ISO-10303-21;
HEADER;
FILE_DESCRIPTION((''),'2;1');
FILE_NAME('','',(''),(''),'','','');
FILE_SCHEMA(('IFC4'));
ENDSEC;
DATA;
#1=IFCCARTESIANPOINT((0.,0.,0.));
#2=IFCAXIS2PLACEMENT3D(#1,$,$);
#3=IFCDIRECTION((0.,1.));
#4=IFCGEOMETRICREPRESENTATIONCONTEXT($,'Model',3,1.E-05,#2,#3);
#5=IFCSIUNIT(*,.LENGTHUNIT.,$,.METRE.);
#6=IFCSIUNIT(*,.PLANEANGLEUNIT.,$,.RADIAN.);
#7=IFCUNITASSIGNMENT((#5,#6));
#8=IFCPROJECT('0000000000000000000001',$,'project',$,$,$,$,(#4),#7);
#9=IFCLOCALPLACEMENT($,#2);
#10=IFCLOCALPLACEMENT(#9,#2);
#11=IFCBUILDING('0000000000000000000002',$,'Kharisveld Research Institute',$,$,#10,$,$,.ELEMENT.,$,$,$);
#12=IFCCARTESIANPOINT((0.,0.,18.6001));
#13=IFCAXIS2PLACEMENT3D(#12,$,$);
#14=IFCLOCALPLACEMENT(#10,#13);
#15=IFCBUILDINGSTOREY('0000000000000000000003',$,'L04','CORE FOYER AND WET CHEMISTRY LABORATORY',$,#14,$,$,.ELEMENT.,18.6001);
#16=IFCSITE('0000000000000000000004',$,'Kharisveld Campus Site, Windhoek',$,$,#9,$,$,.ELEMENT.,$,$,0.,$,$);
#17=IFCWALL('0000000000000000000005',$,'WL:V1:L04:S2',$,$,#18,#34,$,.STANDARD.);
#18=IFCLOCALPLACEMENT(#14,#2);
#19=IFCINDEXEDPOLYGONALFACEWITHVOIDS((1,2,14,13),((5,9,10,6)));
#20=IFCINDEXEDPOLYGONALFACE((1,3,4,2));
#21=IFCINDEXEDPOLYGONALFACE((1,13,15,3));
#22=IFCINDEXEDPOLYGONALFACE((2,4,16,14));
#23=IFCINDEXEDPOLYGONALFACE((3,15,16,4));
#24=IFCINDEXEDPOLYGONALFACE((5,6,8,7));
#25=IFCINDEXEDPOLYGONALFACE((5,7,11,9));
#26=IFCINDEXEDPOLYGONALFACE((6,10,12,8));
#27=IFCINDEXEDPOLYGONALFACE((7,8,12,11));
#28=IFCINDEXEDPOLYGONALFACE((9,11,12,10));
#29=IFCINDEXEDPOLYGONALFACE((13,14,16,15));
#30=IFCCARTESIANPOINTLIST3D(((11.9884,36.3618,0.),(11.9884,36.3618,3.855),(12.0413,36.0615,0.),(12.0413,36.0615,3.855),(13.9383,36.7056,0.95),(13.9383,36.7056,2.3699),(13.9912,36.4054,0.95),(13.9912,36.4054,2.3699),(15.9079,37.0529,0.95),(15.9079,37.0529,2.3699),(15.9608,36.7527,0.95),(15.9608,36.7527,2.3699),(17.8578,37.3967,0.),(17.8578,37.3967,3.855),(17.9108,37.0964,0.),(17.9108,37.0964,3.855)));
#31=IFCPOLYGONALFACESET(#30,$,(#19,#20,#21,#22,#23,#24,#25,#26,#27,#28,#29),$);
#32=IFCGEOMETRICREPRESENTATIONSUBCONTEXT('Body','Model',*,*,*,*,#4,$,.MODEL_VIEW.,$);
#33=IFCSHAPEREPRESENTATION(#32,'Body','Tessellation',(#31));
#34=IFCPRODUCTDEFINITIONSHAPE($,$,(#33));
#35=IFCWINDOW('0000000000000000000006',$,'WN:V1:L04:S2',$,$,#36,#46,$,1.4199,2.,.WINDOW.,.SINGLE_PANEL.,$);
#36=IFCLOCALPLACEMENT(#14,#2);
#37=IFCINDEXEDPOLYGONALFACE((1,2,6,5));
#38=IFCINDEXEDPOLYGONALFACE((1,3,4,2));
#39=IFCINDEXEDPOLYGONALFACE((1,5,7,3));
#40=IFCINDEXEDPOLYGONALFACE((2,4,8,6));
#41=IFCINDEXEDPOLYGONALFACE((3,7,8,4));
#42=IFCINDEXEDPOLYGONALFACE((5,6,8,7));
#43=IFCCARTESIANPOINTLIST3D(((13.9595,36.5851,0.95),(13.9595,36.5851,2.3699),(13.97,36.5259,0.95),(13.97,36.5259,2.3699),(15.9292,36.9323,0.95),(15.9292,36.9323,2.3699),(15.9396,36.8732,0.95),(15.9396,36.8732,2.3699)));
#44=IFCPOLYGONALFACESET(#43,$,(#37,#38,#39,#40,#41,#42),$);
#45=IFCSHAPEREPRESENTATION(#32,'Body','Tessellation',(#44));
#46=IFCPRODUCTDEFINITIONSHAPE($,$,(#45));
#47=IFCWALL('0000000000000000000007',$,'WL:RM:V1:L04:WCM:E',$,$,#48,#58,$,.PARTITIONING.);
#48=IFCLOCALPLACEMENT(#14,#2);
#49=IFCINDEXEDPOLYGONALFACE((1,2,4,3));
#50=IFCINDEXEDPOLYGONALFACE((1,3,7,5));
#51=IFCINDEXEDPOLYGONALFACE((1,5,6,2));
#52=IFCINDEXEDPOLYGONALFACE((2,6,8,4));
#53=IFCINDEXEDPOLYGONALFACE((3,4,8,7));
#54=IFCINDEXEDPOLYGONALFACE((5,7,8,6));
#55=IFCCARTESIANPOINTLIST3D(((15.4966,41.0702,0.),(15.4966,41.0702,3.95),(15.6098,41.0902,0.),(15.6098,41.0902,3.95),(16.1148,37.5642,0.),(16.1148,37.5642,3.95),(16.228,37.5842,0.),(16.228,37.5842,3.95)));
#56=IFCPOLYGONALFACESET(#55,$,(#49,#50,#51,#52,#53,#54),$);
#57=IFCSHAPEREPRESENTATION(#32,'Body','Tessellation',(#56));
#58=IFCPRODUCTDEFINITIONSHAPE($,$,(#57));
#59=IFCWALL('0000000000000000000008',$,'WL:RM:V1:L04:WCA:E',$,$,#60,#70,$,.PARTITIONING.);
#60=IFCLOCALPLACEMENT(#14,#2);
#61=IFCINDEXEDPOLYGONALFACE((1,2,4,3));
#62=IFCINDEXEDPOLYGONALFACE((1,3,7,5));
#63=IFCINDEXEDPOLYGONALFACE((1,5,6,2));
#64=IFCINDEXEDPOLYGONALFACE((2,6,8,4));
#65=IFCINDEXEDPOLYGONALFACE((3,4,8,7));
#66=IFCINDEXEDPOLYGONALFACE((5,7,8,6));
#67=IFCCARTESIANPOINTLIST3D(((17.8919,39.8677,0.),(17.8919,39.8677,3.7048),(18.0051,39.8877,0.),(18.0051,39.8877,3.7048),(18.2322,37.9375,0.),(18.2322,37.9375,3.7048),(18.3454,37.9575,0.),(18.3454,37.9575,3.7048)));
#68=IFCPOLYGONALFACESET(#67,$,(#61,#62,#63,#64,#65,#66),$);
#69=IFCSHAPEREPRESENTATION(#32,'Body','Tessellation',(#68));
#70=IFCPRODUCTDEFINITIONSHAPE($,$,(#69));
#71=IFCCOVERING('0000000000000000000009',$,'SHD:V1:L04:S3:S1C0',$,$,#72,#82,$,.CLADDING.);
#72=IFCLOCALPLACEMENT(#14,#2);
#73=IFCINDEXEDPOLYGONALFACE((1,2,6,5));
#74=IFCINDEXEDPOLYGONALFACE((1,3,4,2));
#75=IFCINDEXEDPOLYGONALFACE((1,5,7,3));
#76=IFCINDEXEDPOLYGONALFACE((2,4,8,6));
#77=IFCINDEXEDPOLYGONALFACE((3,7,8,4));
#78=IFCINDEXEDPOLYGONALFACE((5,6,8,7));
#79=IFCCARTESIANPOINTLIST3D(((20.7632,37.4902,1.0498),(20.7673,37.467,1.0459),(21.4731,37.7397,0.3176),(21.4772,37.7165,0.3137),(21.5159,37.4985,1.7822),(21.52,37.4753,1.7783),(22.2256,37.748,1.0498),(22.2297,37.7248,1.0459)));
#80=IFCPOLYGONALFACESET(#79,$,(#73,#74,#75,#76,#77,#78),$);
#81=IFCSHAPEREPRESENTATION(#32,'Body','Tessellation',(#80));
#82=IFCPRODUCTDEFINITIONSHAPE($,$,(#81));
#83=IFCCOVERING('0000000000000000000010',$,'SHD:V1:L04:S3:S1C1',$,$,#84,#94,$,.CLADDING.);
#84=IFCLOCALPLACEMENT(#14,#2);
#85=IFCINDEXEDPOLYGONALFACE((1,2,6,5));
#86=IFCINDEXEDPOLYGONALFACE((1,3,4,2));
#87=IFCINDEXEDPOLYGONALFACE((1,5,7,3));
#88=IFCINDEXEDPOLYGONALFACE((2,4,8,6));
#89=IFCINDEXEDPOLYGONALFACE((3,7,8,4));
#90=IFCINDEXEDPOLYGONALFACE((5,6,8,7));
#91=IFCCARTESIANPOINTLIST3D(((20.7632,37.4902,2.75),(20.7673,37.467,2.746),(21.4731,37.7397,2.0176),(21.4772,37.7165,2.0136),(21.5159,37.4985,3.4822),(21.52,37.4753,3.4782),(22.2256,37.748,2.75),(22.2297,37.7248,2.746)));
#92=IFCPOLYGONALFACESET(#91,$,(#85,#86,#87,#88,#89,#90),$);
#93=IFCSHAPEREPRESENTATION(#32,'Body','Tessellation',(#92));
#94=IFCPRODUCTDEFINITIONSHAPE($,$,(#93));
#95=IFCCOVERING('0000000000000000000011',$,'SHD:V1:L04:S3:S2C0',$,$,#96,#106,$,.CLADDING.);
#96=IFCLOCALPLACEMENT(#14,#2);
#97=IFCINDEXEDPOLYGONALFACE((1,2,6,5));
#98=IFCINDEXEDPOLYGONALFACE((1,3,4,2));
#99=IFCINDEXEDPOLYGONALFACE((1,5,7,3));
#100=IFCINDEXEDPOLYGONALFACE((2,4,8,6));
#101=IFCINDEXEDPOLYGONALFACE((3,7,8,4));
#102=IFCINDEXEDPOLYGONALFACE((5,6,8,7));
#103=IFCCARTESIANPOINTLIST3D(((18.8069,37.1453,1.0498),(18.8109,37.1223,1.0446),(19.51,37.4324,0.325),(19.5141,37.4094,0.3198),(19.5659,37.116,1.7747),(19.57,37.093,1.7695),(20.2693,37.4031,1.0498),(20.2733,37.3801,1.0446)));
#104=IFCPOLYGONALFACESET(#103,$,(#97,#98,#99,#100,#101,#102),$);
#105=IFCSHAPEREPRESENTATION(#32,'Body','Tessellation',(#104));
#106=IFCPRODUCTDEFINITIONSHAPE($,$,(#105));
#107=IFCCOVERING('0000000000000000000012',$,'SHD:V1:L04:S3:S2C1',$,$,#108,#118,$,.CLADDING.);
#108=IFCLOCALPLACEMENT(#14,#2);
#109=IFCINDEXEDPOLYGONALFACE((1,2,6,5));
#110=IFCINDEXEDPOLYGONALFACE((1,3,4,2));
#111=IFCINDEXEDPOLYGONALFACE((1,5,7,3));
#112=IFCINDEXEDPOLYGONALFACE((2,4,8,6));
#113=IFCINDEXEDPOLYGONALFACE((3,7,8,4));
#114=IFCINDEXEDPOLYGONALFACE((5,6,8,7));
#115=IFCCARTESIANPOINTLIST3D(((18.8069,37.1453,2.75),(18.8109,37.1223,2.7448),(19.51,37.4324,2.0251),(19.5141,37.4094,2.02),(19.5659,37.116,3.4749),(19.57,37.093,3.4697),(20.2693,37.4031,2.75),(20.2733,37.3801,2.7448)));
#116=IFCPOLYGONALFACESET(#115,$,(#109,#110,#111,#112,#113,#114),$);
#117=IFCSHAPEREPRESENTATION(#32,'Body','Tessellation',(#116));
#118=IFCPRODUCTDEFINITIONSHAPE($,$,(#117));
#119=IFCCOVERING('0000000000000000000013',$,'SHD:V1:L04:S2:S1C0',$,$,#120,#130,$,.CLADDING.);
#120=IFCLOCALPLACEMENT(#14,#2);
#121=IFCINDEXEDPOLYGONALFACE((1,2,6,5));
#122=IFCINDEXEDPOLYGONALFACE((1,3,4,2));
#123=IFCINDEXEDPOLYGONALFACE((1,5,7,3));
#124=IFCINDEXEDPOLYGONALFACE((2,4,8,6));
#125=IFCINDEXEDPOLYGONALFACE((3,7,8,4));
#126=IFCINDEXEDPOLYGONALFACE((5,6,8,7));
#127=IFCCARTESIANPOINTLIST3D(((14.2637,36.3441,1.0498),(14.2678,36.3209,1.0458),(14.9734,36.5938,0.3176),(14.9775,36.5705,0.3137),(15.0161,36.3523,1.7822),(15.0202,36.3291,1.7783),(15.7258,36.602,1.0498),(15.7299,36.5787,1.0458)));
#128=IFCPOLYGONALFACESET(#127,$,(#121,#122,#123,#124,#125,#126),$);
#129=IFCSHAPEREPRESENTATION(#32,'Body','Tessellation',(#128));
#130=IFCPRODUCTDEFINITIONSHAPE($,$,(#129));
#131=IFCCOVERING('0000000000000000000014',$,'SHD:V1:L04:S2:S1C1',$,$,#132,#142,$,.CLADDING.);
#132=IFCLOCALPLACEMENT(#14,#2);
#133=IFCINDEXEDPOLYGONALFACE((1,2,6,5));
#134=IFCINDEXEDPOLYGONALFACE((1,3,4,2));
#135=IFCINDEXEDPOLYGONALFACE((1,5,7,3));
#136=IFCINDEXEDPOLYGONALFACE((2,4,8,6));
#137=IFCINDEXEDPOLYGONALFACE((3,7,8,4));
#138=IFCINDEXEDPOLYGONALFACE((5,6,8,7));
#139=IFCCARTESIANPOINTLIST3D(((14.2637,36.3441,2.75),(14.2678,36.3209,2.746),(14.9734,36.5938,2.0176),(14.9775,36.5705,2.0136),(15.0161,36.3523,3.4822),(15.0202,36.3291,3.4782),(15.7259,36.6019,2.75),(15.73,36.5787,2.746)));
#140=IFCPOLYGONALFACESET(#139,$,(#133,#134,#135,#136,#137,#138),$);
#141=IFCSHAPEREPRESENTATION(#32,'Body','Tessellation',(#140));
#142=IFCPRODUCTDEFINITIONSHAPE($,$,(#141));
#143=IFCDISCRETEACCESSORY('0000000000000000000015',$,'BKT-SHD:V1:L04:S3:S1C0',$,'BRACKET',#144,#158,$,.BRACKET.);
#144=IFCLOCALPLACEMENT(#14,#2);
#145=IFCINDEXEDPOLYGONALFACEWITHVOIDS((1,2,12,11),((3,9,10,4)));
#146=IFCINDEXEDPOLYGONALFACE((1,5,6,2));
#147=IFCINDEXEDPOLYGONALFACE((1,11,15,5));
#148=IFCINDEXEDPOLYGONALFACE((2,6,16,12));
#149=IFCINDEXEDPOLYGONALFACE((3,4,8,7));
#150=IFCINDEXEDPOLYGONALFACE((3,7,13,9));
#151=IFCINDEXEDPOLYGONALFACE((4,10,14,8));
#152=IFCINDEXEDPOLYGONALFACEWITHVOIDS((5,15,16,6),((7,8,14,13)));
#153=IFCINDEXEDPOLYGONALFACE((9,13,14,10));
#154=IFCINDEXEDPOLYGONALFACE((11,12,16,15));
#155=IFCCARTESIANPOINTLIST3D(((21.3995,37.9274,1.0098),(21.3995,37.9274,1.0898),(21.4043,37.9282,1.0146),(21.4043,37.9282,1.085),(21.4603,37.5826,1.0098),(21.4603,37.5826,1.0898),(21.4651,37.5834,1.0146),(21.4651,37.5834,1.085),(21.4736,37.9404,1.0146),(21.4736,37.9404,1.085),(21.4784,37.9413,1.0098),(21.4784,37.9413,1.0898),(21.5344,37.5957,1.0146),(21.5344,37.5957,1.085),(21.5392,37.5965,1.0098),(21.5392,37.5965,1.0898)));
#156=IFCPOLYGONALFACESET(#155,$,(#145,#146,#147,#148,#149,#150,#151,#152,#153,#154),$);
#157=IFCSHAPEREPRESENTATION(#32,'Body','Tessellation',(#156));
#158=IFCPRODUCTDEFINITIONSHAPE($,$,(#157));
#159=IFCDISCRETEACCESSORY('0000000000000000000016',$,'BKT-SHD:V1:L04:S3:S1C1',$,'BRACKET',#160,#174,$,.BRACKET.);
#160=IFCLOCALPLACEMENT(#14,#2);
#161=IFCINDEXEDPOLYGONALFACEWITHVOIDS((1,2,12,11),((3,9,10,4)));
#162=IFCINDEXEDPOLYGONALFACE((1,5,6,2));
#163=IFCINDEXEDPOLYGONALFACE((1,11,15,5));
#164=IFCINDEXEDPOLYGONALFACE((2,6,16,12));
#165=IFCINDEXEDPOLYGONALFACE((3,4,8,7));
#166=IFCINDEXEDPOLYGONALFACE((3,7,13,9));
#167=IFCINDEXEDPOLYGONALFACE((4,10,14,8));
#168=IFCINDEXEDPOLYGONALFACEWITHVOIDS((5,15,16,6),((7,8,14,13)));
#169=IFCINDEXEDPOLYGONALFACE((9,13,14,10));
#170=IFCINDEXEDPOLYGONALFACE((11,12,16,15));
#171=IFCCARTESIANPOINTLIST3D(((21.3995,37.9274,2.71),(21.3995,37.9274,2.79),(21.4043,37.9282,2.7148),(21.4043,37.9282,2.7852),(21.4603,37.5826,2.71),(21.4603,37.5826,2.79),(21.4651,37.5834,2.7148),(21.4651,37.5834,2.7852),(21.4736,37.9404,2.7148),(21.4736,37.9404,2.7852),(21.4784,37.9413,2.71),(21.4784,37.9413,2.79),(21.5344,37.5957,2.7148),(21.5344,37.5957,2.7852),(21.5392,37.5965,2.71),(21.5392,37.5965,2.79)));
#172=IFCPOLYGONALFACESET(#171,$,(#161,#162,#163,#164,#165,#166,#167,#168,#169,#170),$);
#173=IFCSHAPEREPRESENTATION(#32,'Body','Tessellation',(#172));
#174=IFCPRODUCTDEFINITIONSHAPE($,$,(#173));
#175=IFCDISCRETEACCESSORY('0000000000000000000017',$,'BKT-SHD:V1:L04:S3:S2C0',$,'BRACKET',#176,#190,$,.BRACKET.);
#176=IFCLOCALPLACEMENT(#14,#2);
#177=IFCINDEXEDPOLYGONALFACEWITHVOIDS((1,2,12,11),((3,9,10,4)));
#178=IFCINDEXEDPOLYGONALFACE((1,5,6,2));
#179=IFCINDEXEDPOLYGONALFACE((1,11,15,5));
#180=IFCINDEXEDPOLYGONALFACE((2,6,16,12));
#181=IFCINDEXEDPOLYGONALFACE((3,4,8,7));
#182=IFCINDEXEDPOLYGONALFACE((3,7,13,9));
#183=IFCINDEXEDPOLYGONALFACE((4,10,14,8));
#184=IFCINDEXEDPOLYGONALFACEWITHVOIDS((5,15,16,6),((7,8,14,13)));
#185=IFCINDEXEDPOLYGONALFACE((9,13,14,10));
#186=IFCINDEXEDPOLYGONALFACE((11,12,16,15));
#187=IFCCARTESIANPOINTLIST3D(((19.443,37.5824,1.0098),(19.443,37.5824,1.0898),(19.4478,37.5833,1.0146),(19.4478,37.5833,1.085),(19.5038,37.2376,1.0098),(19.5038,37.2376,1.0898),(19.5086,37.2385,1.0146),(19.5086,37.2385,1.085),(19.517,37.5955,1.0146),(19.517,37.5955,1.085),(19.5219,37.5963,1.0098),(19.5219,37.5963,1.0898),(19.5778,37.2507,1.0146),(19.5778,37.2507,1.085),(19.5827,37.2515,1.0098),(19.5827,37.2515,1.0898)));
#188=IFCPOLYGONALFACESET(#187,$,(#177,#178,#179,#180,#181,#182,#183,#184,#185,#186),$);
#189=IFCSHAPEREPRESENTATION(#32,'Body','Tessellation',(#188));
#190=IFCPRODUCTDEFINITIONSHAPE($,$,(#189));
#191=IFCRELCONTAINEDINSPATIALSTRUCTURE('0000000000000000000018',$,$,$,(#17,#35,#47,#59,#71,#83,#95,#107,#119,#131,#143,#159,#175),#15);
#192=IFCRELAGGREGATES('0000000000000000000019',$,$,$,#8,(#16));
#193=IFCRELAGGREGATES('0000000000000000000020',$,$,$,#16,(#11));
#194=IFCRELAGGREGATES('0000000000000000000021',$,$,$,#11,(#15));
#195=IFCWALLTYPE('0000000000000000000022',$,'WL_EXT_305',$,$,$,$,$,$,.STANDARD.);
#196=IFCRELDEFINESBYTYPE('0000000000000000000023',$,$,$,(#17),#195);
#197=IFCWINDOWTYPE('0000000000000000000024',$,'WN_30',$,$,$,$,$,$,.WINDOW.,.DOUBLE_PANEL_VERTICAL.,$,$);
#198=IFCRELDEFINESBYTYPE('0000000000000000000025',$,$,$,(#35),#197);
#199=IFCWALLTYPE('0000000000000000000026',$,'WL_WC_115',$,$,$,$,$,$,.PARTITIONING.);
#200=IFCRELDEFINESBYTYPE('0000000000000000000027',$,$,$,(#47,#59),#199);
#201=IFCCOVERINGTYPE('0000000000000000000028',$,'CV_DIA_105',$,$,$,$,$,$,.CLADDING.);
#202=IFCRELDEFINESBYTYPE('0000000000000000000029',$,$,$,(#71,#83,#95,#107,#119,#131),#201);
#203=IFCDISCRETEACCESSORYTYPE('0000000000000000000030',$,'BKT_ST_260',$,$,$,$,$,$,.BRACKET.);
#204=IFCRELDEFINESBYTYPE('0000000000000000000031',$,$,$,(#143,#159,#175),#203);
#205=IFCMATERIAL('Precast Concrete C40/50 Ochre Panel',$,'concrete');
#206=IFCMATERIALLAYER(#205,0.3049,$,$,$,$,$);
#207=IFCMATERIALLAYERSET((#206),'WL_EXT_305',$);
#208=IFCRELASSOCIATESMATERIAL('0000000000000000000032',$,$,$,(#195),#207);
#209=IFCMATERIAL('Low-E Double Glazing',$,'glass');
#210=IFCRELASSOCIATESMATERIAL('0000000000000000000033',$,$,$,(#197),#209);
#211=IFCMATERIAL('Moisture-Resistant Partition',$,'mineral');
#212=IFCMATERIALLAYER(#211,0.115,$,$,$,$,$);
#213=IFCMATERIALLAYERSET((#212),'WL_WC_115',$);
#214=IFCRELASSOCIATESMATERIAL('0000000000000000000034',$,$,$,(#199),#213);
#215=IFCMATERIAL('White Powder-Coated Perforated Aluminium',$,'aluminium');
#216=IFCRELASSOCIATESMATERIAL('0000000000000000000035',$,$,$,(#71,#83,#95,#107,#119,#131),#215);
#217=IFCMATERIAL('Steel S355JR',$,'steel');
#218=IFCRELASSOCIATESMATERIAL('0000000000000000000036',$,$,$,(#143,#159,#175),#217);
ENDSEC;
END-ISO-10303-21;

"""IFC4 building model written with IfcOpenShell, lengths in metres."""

from ifc_helpers import new_model, si_unit, direction, frame, frame_2d, origin, origin_2d, place, context, subcontext, project, spatial, polyline, rectangle, hollow_rectangle, outline, extrude, material, layer, layer_set, type_object, element, fill, save


model = new_model("IFC4")

# Units and contexts
model_context = context("Model", 3, precision=1e-05, world=origin(), true_north=direction((0.0, 1.0)))
body_context = subcontext(model_context, "Body", "Model", "MODEL_VIEW")
ifc_project = project(units=[si_unit("LENGTHUNIT", "METRE"), si_unit("PLANEANGLEUNIT", "RADIAN")], contexts=[model_context])

# Site, building, storey
site_placement = place(None, origin())
site = spatial("IfcSite", under=ifc_project, at=site_placement, Name="Kharisveld Campus Site, Windhoek", CompositionType="ELEMENT", RefElevation=0.0)
building_placement = place(site_placement, origin())
building = spatial("IfcBuilding", under=site, at=building_placement, Name="Kharisveld Research Institute", CompositionType="ELEMENT")
storey_placement = place(building_placement, frame((0.0, 0.0, 18.6001)))
storey = spatial("IfcBuildingStorey", under=building, at=storey_placement, Name="L04", Description="CORE FOYER AND WET CHEMISTRY LABORATORY", CompositionType="ELEMENT", Elevation=18.6001)

# Wall, opening, window
ifc_material_1 = material(Name="Precast Concrete C40/50 Ochre Panel", Category="concrete")
ifc_layer_1 = layer(ifc_material_1, 0.3049)
ifc_layer_set_1 = layer_set([ifc_layer_1], Name="WL_EXT_305")
wall_type_1 = type_object("IfcWallType", Name="WL_EXT_305", PredefinedType="STANDARD", material=ifc_layer_set_1)
wall_1_placement = place(storey_placement, frame((17.8843, 37.2466, 0.0), z_axis=(0.0, 0.0, 1.0), x_axis=(-0.984808, -0.173645, 0.0)))
wall_1 = element("IfcWall", 1, at=wall_1_placement, inside=storey, type_object=wall_type_1, Name="WL:V1:L04:S2", PredefinedType="STANDARD", context=body_context, shape_type="SweptSolid", body=[
    extrude(rectangle(XDim=5.96, YDim=0.3049, at=frame_2d((2.98, 0.0))), origin(), (0.0, 0.0, 1.0), 3.855),
])
opening_placement = place(wall_1_placement, frame((1.98, 0.0, 0.95)))
opening = element("IfcOpeningElement", 2, at=opening_placement, cuts=wall_1, PredefinedType="OPENING", context=body_context, shape_type="SweptSolid", body=[
    extrude(rectangle(XDim=2.0, YDim=1.4199, at=frame_2d((1.0, 0.71))), frame((0.0, 0.1523, 0.0), z_axis=(0.0, -1.0, 0.0), x_axis=(1.0, 0.0, 0.0)), (0.0, 0.0, 1.0), 0.3049),
])
ifc_material_2 = material(Name="Low-E Double Glazing", Category="glass")
window_type = type_object("IfcWindowType", Name="WN_30", PartitioningType="DOUBLE_PANEL_VERTICAL", PredefinedType="WINDOW", material=ifc_material_2)
window_placement = place(opening_placement, origin())
window = element("IfcWindow", 3, at=window_placement, inside=storey, type_object=window_type, Name="WN:V1:L04:S2", OverallHeight=1.4199, OverallWidth=2.0, PartitioningType="SINGLE_PANEL", PredefinedType="WINDOW", context=body_context, shape_type="SweptSolid", body=[
    extrude(rectangle(XDim=2.0, YDim=1.4199, at=frame_2d((1.0, 0.71))), frame((0.0, 0.03, 0.0), z_axis=(0.0, -1.0, 0.0), x_axis=(1.0, 0.0, 0.0)), (0.0, 0.0, 1.0), 0.0601),
])
fill(opening, window)

# Walls
ifc_material_3 = material(Name="Moisture-Resistant Partition", Category="mineral")
ifc_layer_2 = layer(ifc_material_3, 0.115)
ifc_layer_set_2 = layer_set([ifc_layer_2], Name="WL_WC_115")
wall_type_2 = type_object("IfcWallType", Name="WL_WC_115", PredefinedType="PARTITIONING", material=ifc_layer_set_2)
wall_2_placement = place(storey_placement, frame((16.1714, 37.5742, 0.0), z_axis=(0.0, 0.0, 1.0), x_axis=(-0.173644, 0.984808, 0.0)))
element("IfcWall", 4, at=wall_2_placement, inside=storey, type_object=wall_type_2, Name="WL:RM:V1:L04:WCM:E", PredefinedType="PARTITIONING", context=body_context, shape_type="SweptSolid", body=[
    extrude(rectangle(XDim=3.5601, YDim=0.115, at=frame_2d((1.78, 0.0))), origin(), (0.0, 0.0, 1.0), 3.95),
])
wall_3_placement = place(storey_placement, frame((18.2888, 37.9475, 0.0), z_axis=(0.0, 0.0, 1.0), x_axis=(-0.173643, 0.984809, 0.0)))
element("IfcWall", 5, at=wall_3_placement, inside=storey, type_object=wall_type_2, Name="WL:RM:V1:L04:WCA:E", PredefinedType="PARTITIONING", context=body_context, shape_type="SweptSolid", body=[
    extrude(rectangle(XDim=1.96, YDim=0.115, at=frame_2d((0.98, 0.0))), origin(), (0.0, 0.0, 1.0), 3.7048),
])

# Coverings
ifc_material_4 = material(Name="White Powder-Coated Perforated Aluminium", Category="aluminium")
covering_type = type_object("IfcCoveringType", Name="CV_DIA_105", PredefinedType="CLADDING")
covering_1_placement = place(storey_placement, frame((21.4731, 37.7397, 0.3176), z_axis=(-0.171238, 0.971321, 0.164966), x_axis=(-0.676188, -0.237643, 0.697348)))
element("IfcCovering", 6, at=covering_1_placement, inside=storey, type_object=covering_type, material=ifc_material_4, Name="SHD:V1:L04:S3:S1C0", PredefinedType="CLADDING", context=body_context, shape_type="SweptSolid", body=[
    extrude(outline(polyline([(0.0, 0.0), (1.0499, 0.0), (1.0498, 1.0503), (-0.0002, 1.0499), (0.0, 0.0)])), origin(), (0.0, 0.0, -1.0), 0.0239),
])
covering_2_placement = place(storey_placement, frame((21.4731, 37.7397, 2.0176), z_axis=(-0.171238, 0.971321, 0.164966), x_axis=(-0.676072, -0.237642, 0.697462)))
element("IfcCovering", 7, at=covering_2_placement, inside=storey, type_object=covering_type, material=ifc_material_4, Name="SHD:V1:L04:S3:S1C1", PredefinedType="CLADDING", context=body_context, shape_type="SweptSolid", body=[
    extrude(outline(polyline([(0.0, 0.0), (1.0501, 0.0), (1.0499, 1.0501), (0.0002, 1.0501), (0.0, 0.0)])), origin(), (0.0, 0.0, -1.0), 0.0239),
])
for number, where, z_axis, x_axis, name in (
    (8, (19.51, 37.4324, 0.325), (-0.169503, 0.961481, 0.216385), (-0.669728, -0.273452, 0.690426), "SHD:V1:L04:S3:S2C0"),
    (9, (19.51, 37.4324, 2.0251), (-0.169503, 0.961481, 0.216385), (-0.669728, -0.273452, 0.690426), "SHD:V1:L04:S3:S2C1"),
):
    element("IfcCovering", number, at=place(storey_placement, frame(where, z_axis=z_axis, x_axis=x_axis)), inside=storey, type_object=covering_type, material=ifc_material_4, Name=name, PredefinedType="CLADDING", context=body_context, shape_type="SweptSolid", body=[
        extrude(outline(polyline([(0.0, 0.0), (1.0499, 0.0), (1.05, 1.05), (0.0, 1.0501), (0.0, 0.0)])), origin(), (0.0, 0.0, -1.0), 0.0239),
    ])
covering_3_placement = place(storey_placement, frame((14.9734, 36.5938, 0.3176), z_axis=(-0.171261, 0.97129, 0.165124), x_axis=(-0.676046, -0.237771, 0.697443)))
element("IfcCovering", 10, at=covering_3_placement, inside=storey, type_object=covering_type, material=ifc_material_4, Name="SHD:V1:L04:S2:S1C0", PredefinedType="CLADDING", context=body_context, shape_type="SweptSolid", body=[
    extrude(outline(polyline([(0.0, 0.0), (1.0498, 0.0), (1.05, 1.0501), (0.0, 1.0499), (0.0, 0.0)])), origin(), (0.0, 0.0, -1.0), 0.0239),
])
covering_4_placement = place(storey_placement, frame((14.9734, 36.5938, 2.0176), z_axis=(-0.171261, 0.97129, 0.165124), x_axis=(-0.67593, -0.23777, 0.697556)))
element("IfcCovering", 11, at=covering_4_placement, inside=storey, type_object=covering_type, material=ifc_material_4, Name="SHD:V1:L04:S2:S1C1", PredefinedType="CLADDING", context=body_context, shape_type="SweptSolid", body=[
    extrude(outline(polyline([(0.0, 0.0), (1.05, 0.0), (1.0502, 1.0499), (0.0003, 1.0501), (0.0, 0.0)])), origin(), (0.0, 0.0, -1.0), 0.0239),
])

# Discrete accessories
ifc_material_5 = material(Name="Steel S355JR", Category="steel")
discrete_accessory_type = type_object("IfcDiscreteAccessoryType", Name="BKT_ST_260", PredefinedType="BRACKET")
for number, where, z_axis, x_axis, name in (
    (12, (21.439, 37.9343, 1.0498), (0.173666, -0.984805, 0.0), (0.984805, 0.173666, 0.0), "BKT-SHD:V1:L04:S3:S1C0"),
    (13, (21.439, 37.9343, 2.75), (0.173666, -0.984805, 0.0), (0.984805, 0.173666, 0.0), "BKT-SHD:V1:L04:S3:S1C1"),
    (14, (19.4824, 37.5894, 1.0498), (0.173666, -0.984805, 0.0), (0.984805, 0.173666, 0.0), "BKT-SHD:V1:L04:S3:S2C0"),
):
    element("IfcDiscreteAccessory", number, at=place(storey_placement, frame(where, z_axis=z_axis, x_axis=x_axis)), inside=storey, type_object=discrete_accessory_type, material=ifc_material_5, Name=name, ObjectType="BRACKET", PredefinedType="BRACKET", context=body_context, shape_type="SweptSolid", body=[
        extrude(hollow_rectangle(XDim=0.0801, YDim=0.0801, WallThickness=0.0049, at=origin_2d()), origin(), (0.0, 0.0, 1.0), 0.3501),
    ])

save(model, "model.ifc")
